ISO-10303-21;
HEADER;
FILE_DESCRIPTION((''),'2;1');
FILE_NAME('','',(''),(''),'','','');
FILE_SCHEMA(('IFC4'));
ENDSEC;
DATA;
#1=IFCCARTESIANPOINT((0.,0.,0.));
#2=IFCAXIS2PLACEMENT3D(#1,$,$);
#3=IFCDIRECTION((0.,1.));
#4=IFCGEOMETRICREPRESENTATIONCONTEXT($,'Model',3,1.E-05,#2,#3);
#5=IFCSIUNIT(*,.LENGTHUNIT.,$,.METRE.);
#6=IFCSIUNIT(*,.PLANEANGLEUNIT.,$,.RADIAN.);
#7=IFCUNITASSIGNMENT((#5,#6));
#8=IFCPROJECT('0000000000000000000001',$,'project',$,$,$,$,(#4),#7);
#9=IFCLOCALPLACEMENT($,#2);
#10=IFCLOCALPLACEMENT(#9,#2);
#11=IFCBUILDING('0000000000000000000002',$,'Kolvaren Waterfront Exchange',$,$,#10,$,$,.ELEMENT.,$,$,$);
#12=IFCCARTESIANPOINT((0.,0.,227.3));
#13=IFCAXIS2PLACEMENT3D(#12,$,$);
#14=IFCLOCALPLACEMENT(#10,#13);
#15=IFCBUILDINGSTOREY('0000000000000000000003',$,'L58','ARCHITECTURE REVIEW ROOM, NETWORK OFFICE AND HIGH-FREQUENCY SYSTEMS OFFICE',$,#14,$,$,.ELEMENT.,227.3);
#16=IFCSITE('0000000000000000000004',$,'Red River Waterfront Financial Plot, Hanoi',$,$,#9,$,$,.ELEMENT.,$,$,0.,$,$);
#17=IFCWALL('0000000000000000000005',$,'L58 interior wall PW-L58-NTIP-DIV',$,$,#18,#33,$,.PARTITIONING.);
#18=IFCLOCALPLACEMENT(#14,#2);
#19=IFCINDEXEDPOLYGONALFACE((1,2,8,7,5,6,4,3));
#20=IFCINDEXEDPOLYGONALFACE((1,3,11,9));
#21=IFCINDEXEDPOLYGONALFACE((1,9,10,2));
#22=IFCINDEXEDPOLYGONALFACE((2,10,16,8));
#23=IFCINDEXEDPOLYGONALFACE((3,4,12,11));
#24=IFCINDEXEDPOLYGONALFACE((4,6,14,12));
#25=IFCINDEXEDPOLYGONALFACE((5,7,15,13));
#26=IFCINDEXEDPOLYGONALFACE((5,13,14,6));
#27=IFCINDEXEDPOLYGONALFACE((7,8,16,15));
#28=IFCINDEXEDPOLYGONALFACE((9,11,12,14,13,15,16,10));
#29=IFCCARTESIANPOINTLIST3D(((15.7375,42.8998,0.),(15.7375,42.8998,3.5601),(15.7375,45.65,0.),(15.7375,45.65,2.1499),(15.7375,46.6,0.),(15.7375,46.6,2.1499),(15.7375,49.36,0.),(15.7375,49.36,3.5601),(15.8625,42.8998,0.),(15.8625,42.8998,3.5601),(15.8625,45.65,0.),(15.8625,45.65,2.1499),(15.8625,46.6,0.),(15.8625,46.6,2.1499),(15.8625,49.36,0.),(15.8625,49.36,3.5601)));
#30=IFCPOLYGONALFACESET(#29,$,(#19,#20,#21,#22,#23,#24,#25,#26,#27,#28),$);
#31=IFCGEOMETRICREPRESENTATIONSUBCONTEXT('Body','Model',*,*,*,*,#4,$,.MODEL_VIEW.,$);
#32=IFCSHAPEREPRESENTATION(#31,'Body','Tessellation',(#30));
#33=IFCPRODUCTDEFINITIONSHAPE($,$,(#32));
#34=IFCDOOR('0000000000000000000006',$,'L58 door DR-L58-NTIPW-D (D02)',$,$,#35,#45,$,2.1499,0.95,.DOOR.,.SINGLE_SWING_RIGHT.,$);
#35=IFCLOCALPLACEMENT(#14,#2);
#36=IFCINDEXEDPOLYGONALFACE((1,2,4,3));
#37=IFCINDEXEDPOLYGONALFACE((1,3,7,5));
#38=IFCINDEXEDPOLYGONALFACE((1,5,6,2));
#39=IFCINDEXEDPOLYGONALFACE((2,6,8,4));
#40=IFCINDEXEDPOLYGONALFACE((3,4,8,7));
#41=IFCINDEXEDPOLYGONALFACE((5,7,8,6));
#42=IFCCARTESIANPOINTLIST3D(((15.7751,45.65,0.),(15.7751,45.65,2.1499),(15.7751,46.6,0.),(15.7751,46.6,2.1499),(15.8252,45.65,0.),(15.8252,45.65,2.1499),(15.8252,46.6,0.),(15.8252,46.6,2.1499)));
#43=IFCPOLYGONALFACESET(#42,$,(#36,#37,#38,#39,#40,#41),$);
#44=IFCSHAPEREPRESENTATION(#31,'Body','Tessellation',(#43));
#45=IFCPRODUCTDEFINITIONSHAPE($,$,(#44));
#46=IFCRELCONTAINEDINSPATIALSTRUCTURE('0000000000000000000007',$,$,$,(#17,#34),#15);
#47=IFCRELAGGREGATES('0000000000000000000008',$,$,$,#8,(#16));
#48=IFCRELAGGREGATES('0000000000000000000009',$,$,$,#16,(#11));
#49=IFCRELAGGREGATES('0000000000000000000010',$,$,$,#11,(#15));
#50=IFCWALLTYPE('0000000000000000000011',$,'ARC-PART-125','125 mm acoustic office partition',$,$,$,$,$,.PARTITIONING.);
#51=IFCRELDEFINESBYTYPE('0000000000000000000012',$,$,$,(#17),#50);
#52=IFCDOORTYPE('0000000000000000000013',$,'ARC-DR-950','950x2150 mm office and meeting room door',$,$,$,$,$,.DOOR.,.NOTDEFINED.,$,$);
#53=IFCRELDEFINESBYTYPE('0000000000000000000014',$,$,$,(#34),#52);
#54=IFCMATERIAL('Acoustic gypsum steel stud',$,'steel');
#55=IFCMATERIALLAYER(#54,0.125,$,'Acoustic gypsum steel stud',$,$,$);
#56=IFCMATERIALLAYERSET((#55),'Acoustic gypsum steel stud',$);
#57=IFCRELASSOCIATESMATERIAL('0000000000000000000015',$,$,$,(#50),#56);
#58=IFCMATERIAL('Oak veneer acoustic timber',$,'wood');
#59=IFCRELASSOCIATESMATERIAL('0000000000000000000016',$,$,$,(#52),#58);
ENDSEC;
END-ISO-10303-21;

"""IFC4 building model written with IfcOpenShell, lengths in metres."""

from ifc_helpers import new_model, si_unit, direction, frame, frame_2d, origin, place, context, subcontext, project, spatial, rectangle, extrude, material, layer, layer_set, type_object, element, fill, save


model = new_model("IFC4")

# Units and contexts
model_context = context("Model", 3, precision=1e-05, world=origin(), true_north=direction((0.0, 1.0)))
body_context = subcontext(model_context, "Body", "Model", "MODEL_VIEW")
ifc_project = project(units=[si_unit("LENGTHUNIT", "METRE"), si_unit("PLANEANGLEUNIT", "RADIAN")], contexts=[model_context])

# Site, building, storey
site_placement = place(None, origin())
site = spatial("IfcSite", under=ifc_project, at=site_placement, Name="Red River Waterfront Financial Plot, Hanoi", CompositionType="ELEMENT", RefElevation=0.0)
building_placement = place(site_placement, origin())
building = spatial("IfcBuilding", under=site, at=building_placement, Name="Kolvaren Waterfront Exchange", CompositionType="ELEMENT")
storey_placement = place(building_placement, frame((0.0, 0.0, 227.3)))
storey = spatial("IfcBuildingStorey", under=building, at=storey_placement, Name="L58", Description="ARCHITECTURE REVIEW ROOM, NETWORK OFFICE AND HIGH-FREQUENCY SYSTEMS OFFICE", CompositionType="ELEMENT", Elevation=227.3)

# Wall, opening, door
ifc_material_1 = material(Name="Acoustic gypsum steel stud", Category="steel")
ifc_layer_1 = layer(ifc_material_1, 0.125, Name="Acoustic gypsum steel stud")
ifc_layer_set_1 = layer_set([ifc_layer_1], Name="Acoustic gypsum steel stud")
wall_type_1 = type_object("IfcWallType", Name="ARC-PART-125", Description="125 mm acoustic office partition", PredefinedType="PARTITIONING", material=ifc_layer_set_1)
wall_1_placement = place(storey_placement, frame((15.8, 42.8999, 0.0), z_axis=(0.0, 0.0, 1.0), x_axis=(0.0, 1.0, 0.0)))
wall_1 = element("IfcWall", 1, at=wall_1_placement, inside=storey, type_object=wall_type_1, Name="L58 interior wall PW-L58-NTIP-DIV", PredefinedType="PARTITIONING", context=body_context, shape_type="SweptSolid", body=[
    extrude(rectangle(XDim=6.4602, YDim=0.125, at=frame_2d((3.23, 0.0))), origin(), (0.0, 0.0, 1.0), 3.5601),
])
opening_1_placement = place(wall_1_placement, frame((2.75, 0.0, 0.0)))
opening_1 = element("IfcOpeningElement", 2, at=opening_1_placement, cuts=wall_1, PredefinedType="OPENING", context=body_context, shape_type="SweptSolid", body=[
    extrude(rectangle(XDim=0.95, YDim=2.1499, at=frame_2d((0.4751, 1.075))), frame((0.0, 0.0725, 0.0), z_axis=(0.0, -1.0, 0.0), x_axis=(1.0, 0.0, 0.0)), (0.0, 0.0, 1.0), 0.145),
])
ifc_material_2 = material(Name="Oak veneer acoustic timber", Category="wood")
door_type_1 = type_object("IfcDoorType", Name="ARC-DR-950", Description="950x2150 mm office and meeting room door", OperationType="NOTDEFINED", PredefinedType="DOOR", material=ifc_material_2)
door_1_placement = place(opening_1_placement, origin())
door_1 = element("IfcDoor", 3, at=door_1_placement, inside=storey, type_object=door_type_1, Name="L58 door DR-L58-NTIPW-D (D02)", OperationType="SINGLE_SWING_RIGHT", OverallHeight=2.1499, OverallWidth=0.95, PredefinedType="DOOR", context=body_context, shape_type="SweptSolid", body=[
    extrude(rectangle(XDim=0.95, YDim=2.1499, at=frame_2d((0.4751, 1.075))), frame((0.0, 0.0249, 0.0), z_axis=(0.0, -1.0, 0.0), x_axis=(1.0, 0.0, 0.0)), (0.0, 0.0, 1.0), 0.05),
])
fill(opening_1, door_1)

save(model, "model.ifc")
